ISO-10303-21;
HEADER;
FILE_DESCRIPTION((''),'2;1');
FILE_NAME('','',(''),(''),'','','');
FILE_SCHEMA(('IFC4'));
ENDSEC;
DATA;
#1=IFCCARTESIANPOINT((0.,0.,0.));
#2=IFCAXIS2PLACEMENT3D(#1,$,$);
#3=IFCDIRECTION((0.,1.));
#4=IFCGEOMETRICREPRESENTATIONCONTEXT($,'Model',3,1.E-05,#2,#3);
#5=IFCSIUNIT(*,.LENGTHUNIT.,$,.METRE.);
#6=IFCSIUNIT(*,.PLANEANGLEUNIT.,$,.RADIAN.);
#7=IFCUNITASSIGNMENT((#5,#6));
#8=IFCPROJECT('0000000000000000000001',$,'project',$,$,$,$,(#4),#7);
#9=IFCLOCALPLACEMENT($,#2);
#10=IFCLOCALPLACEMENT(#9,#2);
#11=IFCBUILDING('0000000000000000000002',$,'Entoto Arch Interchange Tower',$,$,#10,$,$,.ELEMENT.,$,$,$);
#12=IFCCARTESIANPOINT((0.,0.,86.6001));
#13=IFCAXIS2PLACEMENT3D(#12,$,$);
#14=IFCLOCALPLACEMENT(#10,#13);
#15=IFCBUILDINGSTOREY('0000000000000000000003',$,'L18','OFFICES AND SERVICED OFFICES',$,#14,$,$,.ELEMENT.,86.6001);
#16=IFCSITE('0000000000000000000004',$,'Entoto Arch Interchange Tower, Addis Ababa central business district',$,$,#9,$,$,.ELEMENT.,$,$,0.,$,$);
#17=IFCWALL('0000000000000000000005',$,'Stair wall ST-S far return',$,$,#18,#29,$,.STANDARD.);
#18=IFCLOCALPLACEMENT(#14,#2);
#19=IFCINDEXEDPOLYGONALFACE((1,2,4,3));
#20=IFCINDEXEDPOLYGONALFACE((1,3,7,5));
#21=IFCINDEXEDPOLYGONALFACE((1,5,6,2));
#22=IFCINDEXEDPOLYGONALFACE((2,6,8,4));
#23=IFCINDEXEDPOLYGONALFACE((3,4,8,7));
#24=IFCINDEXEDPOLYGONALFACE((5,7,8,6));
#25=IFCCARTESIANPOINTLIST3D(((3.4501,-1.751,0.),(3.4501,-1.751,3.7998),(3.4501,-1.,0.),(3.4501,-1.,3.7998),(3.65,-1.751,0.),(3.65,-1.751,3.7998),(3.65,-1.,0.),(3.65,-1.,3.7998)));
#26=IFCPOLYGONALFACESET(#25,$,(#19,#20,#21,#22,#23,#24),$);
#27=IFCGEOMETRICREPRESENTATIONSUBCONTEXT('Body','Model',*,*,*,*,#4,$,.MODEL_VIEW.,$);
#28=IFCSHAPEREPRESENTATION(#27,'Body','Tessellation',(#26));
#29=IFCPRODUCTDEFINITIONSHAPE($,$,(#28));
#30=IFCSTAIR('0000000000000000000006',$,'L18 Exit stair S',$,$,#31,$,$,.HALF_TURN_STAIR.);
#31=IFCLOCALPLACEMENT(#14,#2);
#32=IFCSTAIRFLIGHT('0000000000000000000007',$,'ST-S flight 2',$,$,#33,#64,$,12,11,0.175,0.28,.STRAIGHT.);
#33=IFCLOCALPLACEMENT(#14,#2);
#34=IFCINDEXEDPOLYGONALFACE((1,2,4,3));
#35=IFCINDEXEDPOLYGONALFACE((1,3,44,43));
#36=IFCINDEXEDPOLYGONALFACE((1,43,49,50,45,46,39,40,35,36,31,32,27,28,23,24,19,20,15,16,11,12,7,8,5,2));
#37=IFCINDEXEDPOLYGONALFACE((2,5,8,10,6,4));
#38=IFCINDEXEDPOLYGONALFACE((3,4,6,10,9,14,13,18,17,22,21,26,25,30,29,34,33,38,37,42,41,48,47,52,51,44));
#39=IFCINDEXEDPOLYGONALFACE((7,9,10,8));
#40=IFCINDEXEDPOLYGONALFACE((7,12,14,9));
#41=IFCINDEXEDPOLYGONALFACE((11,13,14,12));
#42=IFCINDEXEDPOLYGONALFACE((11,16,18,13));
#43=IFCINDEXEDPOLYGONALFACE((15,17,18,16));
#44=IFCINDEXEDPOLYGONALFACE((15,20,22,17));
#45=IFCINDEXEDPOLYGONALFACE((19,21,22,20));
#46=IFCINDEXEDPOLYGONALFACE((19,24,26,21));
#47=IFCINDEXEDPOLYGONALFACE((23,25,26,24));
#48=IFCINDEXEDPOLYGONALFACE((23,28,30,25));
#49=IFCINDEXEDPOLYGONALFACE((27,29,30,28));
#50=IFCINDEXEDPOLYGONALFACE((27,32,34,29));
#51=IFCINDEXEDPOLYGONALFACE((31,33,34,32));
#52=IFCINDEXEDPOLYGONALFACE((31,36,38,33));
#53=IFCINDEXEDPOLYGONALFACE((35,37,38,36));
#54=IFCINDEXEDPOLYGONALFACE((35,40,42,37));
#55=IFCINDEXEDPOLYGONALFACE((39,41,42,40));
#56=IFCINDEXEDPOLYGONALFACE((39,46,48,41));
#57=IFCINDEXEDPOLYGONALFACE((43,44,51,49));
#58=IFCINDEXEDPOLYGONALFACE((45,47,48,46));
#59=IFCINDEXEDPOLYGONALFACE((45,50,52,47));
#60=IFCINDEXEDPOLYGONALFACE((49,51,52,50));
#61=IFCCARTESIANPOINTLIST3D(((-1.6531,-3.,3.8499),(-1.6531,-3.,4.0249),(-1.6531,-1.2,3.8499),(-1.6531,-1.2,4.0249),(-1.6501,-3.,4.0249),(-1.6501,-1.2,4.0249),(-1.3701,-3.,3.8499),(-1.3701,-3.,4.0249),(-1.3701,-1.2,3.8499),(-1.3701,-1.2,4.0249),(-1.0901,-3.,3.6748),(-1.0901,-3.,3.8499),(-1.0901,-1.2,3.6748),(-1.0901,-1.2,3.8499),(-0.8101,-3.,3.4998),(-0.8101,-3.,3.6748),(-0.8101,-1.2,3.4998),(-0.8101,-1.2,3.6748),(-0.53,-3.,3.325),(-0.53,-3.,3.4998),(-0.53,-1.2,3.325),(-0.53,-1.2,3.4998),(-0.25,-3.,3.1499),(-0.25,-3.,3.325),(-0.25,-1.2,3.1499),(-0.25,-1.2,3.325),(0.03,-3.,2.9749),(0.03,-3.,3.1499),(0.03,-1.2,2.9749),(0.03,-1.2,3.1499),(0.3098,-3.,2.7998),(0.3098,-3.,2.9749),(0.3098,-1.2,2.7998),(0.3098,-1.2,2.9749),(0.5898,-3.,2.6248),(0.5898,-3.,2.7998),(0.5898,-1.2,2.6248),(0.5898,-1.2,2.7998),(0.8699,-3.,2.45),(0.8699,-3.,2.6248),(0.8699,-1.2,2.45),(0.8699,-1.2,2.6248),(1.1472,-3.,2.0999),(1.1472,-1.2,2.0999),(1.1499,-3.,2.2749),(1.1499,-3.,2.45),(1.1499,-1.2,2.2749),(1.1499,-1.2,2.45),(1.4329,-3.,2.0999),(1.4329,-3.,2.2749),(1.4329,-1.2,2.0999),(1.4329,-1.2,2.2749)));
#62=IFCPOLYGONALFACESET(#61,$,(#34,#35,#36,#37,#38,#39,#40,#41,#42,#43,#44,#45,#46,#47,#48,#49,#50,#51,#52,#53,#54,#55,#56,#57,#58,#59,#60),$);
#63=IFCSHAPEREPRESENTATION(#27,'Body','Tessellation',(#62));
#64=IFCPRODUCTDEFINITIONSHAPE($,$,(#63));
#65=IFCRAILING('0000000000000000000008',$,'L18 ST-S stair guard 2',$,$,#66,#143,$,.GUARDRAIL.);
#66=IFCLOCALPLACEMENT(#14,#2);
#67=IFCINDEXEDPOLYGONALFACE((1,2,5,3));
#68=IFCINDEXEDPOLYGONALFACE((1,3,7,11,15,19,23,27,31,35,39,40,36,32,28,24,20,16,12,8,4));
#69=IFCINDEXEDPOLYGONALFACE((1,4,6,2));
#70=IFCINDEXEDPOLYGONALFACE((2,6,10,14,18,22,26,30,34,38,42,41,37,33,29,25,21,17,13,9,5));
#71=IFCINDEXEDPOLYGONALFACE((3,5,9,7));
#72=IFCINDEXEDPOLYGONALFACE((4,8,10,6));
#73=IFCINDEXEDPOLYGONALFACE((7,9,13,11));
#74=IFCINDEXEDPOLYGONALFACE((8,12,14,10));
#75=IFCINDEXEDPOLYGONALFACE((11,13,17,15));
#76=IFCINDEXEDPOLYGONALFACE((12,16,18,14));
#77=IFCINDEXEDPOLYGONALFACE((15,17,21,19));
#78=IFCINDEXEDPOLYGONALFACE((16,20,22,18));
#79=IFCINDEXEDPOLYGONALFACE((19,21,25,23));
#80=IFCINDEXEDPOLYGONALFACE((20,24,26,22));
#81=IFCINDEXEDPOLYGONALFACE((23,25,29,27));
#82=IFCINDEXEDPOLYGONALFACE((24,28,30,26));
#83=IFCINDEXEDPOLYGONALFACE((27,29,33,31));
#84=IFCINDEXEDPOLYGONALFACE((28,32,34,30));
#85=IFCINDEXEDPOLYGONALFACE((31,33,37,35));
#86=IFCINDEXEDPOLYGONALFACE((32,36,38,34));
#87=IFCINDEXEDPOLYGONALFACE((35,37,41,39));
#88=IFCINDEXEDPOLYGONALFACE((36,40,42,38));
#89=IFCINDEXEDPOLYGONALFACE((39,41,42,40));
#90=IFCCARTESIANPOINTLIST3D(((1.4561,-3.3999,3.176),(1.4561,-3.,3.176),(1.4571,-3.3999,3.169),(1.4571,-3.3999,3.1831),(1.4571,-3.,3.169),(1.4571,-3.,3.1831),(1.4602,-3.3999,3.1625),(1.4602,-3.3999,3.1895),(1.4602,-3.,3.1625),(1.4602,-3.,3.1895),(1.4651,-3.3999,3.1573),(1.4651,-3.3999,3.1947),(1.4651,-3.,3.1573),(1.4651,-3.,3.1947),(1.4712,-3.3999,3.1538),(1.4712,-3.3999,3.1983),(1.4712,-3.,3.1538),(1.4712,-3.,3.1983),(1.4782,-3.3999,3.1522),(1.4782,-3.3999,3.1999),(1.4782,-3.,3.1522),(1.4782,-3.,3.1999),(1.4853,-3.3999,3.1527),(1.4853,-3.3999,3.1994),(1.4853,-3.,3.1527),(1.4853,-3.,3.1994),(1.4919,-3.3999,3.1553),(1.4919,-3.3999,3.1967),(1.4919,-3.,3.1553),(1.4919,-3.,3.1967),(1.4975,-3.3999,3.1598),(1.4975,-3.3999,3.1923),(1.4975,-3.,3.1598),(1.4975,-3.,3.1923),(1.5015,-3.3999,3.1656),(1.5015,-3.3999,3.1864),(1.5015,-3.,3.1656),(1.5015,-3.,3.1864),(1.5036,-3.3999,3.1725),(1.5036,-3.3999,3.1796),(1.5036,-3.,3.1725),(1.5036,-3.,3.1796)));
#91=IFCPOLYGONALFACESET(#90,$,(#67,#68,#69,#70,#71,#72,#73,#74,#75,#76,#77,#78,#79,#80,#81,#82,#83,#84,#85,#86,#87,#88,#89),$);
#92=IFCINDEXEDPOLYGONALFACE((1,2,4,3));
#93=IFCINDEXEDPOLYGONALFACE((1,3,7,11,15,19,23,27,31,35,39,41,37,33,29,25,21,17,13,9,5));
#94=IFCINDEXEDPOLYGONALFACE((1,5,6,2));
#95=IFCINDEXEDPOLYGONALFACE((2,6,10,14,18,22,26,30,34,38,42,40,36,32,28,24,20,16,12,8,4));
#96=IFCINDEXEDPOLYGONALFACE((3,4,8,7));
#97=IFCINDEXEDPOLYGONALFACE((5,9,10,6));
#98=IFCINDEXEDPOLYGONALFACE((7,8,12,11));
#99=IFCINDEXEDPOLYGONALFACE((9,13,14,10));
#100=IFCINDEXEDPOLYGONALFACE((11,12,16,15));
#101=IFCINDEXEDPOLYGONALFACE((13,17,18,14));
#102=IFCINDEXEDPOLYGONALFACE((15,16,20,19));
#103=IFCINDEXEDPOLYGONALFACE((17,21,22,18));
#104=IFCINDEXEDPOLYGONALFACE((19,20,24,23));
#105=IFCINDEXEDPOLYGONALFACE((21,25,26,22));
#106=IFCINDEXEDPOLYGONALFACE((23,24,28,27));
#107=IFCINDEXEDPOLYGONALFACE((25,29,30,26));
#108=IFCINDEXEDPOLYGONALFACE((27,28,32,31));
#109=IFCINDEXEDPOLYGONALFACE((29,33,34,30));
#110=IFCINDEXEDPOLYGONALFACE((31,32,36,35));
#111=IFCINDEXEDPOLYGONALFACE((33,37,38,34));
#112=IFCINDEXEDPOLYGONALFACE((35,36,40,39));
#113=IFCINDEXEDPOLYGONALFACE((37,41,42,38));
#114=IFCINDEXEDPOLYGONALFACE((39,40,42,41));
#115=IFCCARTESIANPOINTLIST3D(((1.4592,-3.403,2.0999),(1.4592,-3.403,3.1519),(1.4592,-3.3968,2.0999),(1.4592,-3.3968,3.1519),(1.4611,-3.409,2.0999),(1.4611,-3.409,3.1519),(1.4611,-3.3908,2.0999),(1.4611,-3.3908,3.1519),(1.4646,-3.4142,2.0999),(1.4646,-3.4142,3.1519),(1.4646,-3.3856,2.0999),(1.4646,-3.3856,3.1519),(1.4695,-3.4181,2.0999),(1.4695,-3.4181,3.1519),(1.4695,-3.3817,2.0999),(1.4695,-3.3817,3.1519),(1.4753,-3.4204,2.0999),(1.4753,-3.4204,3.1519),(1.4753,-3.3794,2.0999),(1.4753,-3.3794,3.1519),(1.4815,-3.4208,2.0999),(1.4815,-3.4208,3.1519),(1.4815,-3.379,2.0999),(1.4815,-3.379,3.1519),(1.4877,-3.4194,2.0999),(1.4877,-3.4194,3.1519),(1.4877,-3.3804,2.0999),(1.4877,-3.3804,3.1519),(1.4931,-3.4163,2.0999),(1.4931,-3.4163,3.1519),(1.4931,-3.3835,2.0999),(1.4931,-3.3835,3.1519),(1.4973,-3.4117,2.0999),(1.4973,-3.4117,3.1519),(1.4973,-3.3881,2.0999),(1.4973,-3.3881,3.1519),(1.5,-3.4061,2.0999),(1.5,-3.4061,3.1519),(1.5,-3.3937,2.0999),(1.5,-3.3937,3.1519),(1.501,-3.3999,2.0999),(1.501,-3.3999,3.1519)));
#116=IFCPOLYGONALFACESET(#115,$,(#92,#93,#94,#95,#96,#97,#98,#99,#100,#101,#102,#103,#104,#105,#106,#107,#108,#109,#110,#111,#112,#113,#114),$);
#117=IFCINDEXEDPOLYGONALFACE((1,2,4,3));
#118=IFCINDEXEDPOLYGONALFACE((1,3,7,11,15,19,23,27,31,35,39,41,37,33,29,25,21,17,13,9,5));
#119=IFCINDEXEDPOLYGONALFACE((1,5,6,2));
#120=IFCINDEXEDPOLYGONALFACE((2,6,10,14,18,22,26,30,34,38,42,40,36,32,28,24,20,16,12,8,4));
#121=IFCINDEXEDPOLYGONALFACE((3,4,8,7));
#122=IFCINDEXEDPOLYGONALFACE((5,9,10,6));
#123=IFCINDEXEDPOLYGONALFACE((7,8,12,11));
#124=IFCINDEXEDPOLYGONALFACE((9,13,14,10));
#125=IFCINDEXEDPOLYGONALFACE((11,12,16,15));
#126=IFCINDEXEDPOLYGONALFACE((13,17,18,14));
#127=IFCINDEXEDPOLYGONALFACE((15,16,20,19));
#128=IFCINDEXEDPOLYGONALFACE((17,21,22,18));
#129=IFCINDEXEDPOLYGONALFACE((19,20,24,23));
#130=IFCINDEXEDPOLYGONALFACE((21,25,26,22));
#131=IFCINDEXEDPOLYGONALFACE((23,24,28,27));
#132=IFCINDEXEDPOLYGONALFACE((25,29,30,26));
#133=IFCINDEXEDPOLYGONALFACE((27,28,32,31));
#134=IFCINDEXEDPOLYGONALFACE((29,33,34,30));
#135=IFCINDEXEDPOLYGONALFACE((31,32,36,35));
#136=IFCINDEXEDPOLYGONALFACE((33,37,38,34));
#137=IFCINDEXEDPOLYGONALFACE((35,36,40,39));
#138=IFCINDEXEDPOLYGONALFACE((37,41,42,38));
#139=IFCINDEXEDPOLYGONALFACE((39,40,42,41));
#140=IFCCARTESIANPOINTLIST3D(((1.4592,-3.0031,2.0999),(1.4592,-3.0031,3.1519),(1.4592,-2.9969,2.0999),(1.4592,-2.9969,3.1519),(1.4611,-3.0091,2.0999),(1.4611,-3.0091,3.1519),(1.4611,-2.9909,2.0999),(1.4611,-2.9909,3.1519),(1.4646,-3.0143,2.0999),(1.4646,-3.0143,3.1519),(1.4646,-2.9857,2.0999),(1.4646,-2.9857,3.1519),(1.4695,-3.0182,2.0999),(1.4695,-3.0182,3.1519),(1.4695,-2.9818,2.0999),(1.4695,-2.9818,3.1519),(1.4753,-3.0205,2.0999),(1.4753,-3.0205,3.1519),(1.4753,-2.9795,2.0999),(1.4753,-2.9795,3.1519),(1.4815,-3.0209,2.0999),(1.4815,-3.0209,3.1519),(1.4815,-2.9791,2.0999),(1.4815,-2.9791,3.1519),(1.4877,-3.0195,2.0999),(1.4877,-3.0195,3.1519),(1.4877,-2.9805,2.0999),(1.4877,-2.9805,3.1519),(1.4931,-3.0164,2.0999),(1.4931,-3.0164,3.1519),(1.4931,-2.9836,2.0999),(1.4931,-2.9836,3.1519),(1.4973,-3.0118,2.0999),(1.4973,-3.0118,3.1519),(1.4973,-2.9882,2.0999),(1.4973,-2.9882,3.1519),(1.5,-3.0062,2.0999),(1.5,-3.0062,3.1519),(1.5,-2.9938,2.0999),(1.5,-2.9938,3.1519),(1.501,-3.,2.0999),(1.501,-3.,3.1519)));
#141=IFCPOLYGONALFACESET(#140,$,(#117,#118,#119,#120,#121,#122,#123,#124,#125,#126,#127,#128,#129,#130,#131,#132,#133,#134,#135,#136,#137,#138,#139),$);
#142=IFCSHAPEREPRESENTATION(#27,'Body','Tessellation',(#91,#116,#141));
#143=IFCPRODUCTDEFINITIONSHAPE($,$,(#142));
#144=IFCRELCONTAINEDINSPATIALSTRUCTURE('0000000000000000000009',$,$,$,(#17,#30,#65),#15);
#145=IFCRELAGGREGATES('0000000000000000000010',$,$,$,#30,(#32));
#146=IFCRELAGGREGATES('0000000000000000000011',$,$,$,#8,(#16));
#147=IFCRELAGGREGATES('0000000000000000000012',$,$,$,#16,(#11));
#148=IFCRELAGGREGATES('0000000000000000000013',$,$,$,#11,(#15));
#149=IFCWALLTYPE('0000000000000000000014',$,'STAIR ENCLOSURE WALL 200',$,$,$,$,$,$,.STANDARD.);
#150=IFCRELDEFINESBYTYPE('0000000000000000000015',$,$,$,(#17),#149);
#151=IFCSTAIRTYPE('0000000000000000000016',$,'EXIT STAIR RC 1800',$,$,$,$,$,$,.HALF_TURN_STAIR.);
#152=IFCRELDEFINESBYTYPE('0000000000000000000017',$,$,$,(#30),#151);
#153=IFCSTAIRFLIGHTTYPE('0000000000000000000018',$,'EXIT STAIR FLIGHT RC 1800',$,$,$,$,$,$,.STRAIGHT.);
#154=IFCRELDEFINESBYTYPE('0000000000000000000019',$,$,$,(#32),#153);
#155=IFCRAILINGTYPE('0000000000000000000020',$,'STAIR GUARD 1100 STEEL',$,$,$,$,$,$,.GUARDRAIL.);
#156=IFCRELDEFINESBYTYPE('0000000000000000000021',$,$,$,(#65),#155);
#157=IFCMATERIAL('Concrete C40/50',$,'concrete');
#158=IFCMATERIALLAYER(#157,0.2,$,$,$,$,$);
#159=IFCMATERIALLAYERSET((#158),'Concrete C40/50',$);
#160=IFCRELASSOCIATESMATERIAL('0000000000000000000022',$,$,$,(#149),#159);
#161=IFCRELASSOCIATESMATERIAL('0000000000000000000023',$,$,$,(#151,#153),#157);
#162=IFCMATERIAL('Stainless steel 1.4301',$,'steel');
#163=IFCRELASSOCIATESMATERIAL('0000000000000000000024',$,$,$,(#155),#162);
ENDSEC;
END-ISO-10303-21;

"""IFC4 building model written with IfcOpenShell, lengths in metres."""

from ifc_helpers import new_model, si_unit, direction, frame, frame_2d, origin, origin_2d, place, context, subcontext, project, spatial, polyline, rectangle, circle, outline, extrude, material, layer, layer_set, type_object, element, aggregate, save


model = new_model("IFC4")

# Units and contexts
model_context = context("Model", 3, precision=1e-05, world=origin(), true_north=direction((0.0, 1.0)))
body_context = subcontext(model_context, "Body", "Model", "MODEL_VIEW")
ifc_project = project(units=[si_unit("LENGTHUNIT", "METRE"), si_unit("PLANEANGLEUNIT", "RADIAN")], contexts=[model_context])

# Site, building, storey
site_placement = place(None, origin())
site = spatial("IfcSite", under=ifc_project, at=site_placement, Name="Entoto Arch Interchange Tower, Addis Ababa central business district", CompositionType="ELEMENT", RefElevation=0.0)
building_placement = place(site_placement, origin())
building = spatial("IfcBuilding", under=site, at=building_placement, Name="Entoto Arch Interchange Tower", CompositionType="ELEMENT")
storey_placement = place(building_placement, frame((0.0, 0.0, 86.6001)))
storey = spatial("IfcBuildingStorey", under=building, at=storey_placement, Name="L18", Description="OFFICES AND SERVICED OFFICES", CompositionType="ELEMENT", Elevation=86.6001)

# Shared definitions
ifc_material_1 = material(Name="Concrete C40/50", Category="concrete")

# Wall
ifc_layer_1 = layer(ifc_material_1, 0.2)
ifc_layer_set_1 = layer_set([ifc_layer_1], Name="Concrete C40/50")
wall_type_1 = type_object("IfcWallType", Name="STAIR ENCLOSURE WALL 200", PredefinedType="STANDARD", material=ifc_layer_set_1)
wall_1_placement = place(storey_placement, frame((3.55, -1.0, 0.0), z_axis=(0.0, 0.0, 1.0), x_axis=(0.0, -1.0, 0.0)))
element("IfcWall", 1, at=wall_1_placement, inside=storey, type_object=wall_type_1, Name="Stair wall ST-S far return", PredefinedType="STANDARD", context=body_context, shape_type="SweptSolid", body=[
    extrude(rectangle(XDim=0.751, YDim=0.2, at=frame_2d((0.3755, 0.0))), origin(), (0.0, 0.0, 1.0), 3.7998),
])

# Stair, stair flight
stair_type = type_object("IfcStairType", Name="EXIT STAIR RC 1800", PredefinedType="HALF_TURN_STAIR", material=ifc_material_1)
stair_placement = place(storey_placement, origin())
stair = element("IfcStair", 2, at=stair_placement, inside=storey, type_object=stair_type, Name="L18 Exit stair S", PredefinedType="HALF_TURN_STAIR")
stair_flight_type = type_object("IfcStairFlightType", Name="EXIT STAIR FLIGHT RC 1800", PredefinedType="STRAIGHT", material=ifc_material_1)
stair_flight_placement = place(storey_placement, frame((1.4299, -2.1001, 2.0999), z_axis=(0.0, 0.0, 1.0), x_axis=(-1.0, 0.0, 0.0)))
stair_flight = element("IfcStairFlight", 3, at=stair_flight_placement, type_object=stair_flight_type, Name="ST-S flight 2", NumberOfRisers=12, NumberOfTreads=11, PredefinedType="STRAIGHT", RiserHeight=0.175, TreadLength=0.28, context=body_context, shape_type="SweptSolid", body=[
    extrude(outline(polyline([(-0.0029, 0.0), (-0.0029, 0.175), (0.28, 0.175), (0.28, 0.3501), (0.5601, 0.3501), (0.5601, 0.5249), (0.8401, 0.5249), (0.8401, 0.7), (1.1201, 0.7), (1.1201, 0.875), (1.3999, 0.875), (1.3999, 1.05), (1.6799, 1.05), (1.6799, 1.2251), (1.96, 1.2251), (1.96, 1.3999), (2.24, 1.3999), (2.24, 1.575), (2.52, 1.575), (2.52, 1.75), (2.8, 1.75), (2.8, 1.925), (3.0801, 1.925), (3.083, 1.925), (3.083, 1.75), (0.2827, 0.0), (-0.0029, 0.0)])), frame((0.0, 0.8999, 0.0), z_axis=(0.0, -1.0, 0.0), x_axis=(1.0, 0.0, 0.0)), (0.0, 0.0, 1.0), 1.8),
])
aggregate(stair, [stair_flight])

# Railing
ifc_material_2 = material(Name="Stainless steel 1.4301", Category="steel")
railing_type_1 = type_object("IfcRailingType", Name="STAIR GUARD 1100 STEEL", PredefinedType="GUARDRAIL", material=ifc_material_2)
railing_1_placement = place(storey_placement, frame((1.48, -3.3999, 2.0999)))
element("IfcRailing", 4, at=railing_1_placement, inside=storey, type_object=railing_type_1, Name="L18 ST-S stair guard 2", PredefinedType="GUARDRAIL", context=body_context, shape_type="SweptSolid", body=[
    extrude(circle(Radius=0.0239, at=origin_2d()), frame((0.0, 0.0, 1.0762), z_axis=(0.0, 1.0, 0.0), x_axis=(-1.0, 0.0, 0.0)), (0.0, 0.0, 1.0), 0.3999),
    extrude(circle(Radius=0.021, at=origin_2d()), origin(), (0.0, 0.0, 1.0), 1.052),
    extrude(circle(Radius=0.021, at=origin_2d()), frame((0.0, 0.3999, 0.0)), (0.0, 0.0, 1.0), 1.052),
])

save(model, "model.ifc")
